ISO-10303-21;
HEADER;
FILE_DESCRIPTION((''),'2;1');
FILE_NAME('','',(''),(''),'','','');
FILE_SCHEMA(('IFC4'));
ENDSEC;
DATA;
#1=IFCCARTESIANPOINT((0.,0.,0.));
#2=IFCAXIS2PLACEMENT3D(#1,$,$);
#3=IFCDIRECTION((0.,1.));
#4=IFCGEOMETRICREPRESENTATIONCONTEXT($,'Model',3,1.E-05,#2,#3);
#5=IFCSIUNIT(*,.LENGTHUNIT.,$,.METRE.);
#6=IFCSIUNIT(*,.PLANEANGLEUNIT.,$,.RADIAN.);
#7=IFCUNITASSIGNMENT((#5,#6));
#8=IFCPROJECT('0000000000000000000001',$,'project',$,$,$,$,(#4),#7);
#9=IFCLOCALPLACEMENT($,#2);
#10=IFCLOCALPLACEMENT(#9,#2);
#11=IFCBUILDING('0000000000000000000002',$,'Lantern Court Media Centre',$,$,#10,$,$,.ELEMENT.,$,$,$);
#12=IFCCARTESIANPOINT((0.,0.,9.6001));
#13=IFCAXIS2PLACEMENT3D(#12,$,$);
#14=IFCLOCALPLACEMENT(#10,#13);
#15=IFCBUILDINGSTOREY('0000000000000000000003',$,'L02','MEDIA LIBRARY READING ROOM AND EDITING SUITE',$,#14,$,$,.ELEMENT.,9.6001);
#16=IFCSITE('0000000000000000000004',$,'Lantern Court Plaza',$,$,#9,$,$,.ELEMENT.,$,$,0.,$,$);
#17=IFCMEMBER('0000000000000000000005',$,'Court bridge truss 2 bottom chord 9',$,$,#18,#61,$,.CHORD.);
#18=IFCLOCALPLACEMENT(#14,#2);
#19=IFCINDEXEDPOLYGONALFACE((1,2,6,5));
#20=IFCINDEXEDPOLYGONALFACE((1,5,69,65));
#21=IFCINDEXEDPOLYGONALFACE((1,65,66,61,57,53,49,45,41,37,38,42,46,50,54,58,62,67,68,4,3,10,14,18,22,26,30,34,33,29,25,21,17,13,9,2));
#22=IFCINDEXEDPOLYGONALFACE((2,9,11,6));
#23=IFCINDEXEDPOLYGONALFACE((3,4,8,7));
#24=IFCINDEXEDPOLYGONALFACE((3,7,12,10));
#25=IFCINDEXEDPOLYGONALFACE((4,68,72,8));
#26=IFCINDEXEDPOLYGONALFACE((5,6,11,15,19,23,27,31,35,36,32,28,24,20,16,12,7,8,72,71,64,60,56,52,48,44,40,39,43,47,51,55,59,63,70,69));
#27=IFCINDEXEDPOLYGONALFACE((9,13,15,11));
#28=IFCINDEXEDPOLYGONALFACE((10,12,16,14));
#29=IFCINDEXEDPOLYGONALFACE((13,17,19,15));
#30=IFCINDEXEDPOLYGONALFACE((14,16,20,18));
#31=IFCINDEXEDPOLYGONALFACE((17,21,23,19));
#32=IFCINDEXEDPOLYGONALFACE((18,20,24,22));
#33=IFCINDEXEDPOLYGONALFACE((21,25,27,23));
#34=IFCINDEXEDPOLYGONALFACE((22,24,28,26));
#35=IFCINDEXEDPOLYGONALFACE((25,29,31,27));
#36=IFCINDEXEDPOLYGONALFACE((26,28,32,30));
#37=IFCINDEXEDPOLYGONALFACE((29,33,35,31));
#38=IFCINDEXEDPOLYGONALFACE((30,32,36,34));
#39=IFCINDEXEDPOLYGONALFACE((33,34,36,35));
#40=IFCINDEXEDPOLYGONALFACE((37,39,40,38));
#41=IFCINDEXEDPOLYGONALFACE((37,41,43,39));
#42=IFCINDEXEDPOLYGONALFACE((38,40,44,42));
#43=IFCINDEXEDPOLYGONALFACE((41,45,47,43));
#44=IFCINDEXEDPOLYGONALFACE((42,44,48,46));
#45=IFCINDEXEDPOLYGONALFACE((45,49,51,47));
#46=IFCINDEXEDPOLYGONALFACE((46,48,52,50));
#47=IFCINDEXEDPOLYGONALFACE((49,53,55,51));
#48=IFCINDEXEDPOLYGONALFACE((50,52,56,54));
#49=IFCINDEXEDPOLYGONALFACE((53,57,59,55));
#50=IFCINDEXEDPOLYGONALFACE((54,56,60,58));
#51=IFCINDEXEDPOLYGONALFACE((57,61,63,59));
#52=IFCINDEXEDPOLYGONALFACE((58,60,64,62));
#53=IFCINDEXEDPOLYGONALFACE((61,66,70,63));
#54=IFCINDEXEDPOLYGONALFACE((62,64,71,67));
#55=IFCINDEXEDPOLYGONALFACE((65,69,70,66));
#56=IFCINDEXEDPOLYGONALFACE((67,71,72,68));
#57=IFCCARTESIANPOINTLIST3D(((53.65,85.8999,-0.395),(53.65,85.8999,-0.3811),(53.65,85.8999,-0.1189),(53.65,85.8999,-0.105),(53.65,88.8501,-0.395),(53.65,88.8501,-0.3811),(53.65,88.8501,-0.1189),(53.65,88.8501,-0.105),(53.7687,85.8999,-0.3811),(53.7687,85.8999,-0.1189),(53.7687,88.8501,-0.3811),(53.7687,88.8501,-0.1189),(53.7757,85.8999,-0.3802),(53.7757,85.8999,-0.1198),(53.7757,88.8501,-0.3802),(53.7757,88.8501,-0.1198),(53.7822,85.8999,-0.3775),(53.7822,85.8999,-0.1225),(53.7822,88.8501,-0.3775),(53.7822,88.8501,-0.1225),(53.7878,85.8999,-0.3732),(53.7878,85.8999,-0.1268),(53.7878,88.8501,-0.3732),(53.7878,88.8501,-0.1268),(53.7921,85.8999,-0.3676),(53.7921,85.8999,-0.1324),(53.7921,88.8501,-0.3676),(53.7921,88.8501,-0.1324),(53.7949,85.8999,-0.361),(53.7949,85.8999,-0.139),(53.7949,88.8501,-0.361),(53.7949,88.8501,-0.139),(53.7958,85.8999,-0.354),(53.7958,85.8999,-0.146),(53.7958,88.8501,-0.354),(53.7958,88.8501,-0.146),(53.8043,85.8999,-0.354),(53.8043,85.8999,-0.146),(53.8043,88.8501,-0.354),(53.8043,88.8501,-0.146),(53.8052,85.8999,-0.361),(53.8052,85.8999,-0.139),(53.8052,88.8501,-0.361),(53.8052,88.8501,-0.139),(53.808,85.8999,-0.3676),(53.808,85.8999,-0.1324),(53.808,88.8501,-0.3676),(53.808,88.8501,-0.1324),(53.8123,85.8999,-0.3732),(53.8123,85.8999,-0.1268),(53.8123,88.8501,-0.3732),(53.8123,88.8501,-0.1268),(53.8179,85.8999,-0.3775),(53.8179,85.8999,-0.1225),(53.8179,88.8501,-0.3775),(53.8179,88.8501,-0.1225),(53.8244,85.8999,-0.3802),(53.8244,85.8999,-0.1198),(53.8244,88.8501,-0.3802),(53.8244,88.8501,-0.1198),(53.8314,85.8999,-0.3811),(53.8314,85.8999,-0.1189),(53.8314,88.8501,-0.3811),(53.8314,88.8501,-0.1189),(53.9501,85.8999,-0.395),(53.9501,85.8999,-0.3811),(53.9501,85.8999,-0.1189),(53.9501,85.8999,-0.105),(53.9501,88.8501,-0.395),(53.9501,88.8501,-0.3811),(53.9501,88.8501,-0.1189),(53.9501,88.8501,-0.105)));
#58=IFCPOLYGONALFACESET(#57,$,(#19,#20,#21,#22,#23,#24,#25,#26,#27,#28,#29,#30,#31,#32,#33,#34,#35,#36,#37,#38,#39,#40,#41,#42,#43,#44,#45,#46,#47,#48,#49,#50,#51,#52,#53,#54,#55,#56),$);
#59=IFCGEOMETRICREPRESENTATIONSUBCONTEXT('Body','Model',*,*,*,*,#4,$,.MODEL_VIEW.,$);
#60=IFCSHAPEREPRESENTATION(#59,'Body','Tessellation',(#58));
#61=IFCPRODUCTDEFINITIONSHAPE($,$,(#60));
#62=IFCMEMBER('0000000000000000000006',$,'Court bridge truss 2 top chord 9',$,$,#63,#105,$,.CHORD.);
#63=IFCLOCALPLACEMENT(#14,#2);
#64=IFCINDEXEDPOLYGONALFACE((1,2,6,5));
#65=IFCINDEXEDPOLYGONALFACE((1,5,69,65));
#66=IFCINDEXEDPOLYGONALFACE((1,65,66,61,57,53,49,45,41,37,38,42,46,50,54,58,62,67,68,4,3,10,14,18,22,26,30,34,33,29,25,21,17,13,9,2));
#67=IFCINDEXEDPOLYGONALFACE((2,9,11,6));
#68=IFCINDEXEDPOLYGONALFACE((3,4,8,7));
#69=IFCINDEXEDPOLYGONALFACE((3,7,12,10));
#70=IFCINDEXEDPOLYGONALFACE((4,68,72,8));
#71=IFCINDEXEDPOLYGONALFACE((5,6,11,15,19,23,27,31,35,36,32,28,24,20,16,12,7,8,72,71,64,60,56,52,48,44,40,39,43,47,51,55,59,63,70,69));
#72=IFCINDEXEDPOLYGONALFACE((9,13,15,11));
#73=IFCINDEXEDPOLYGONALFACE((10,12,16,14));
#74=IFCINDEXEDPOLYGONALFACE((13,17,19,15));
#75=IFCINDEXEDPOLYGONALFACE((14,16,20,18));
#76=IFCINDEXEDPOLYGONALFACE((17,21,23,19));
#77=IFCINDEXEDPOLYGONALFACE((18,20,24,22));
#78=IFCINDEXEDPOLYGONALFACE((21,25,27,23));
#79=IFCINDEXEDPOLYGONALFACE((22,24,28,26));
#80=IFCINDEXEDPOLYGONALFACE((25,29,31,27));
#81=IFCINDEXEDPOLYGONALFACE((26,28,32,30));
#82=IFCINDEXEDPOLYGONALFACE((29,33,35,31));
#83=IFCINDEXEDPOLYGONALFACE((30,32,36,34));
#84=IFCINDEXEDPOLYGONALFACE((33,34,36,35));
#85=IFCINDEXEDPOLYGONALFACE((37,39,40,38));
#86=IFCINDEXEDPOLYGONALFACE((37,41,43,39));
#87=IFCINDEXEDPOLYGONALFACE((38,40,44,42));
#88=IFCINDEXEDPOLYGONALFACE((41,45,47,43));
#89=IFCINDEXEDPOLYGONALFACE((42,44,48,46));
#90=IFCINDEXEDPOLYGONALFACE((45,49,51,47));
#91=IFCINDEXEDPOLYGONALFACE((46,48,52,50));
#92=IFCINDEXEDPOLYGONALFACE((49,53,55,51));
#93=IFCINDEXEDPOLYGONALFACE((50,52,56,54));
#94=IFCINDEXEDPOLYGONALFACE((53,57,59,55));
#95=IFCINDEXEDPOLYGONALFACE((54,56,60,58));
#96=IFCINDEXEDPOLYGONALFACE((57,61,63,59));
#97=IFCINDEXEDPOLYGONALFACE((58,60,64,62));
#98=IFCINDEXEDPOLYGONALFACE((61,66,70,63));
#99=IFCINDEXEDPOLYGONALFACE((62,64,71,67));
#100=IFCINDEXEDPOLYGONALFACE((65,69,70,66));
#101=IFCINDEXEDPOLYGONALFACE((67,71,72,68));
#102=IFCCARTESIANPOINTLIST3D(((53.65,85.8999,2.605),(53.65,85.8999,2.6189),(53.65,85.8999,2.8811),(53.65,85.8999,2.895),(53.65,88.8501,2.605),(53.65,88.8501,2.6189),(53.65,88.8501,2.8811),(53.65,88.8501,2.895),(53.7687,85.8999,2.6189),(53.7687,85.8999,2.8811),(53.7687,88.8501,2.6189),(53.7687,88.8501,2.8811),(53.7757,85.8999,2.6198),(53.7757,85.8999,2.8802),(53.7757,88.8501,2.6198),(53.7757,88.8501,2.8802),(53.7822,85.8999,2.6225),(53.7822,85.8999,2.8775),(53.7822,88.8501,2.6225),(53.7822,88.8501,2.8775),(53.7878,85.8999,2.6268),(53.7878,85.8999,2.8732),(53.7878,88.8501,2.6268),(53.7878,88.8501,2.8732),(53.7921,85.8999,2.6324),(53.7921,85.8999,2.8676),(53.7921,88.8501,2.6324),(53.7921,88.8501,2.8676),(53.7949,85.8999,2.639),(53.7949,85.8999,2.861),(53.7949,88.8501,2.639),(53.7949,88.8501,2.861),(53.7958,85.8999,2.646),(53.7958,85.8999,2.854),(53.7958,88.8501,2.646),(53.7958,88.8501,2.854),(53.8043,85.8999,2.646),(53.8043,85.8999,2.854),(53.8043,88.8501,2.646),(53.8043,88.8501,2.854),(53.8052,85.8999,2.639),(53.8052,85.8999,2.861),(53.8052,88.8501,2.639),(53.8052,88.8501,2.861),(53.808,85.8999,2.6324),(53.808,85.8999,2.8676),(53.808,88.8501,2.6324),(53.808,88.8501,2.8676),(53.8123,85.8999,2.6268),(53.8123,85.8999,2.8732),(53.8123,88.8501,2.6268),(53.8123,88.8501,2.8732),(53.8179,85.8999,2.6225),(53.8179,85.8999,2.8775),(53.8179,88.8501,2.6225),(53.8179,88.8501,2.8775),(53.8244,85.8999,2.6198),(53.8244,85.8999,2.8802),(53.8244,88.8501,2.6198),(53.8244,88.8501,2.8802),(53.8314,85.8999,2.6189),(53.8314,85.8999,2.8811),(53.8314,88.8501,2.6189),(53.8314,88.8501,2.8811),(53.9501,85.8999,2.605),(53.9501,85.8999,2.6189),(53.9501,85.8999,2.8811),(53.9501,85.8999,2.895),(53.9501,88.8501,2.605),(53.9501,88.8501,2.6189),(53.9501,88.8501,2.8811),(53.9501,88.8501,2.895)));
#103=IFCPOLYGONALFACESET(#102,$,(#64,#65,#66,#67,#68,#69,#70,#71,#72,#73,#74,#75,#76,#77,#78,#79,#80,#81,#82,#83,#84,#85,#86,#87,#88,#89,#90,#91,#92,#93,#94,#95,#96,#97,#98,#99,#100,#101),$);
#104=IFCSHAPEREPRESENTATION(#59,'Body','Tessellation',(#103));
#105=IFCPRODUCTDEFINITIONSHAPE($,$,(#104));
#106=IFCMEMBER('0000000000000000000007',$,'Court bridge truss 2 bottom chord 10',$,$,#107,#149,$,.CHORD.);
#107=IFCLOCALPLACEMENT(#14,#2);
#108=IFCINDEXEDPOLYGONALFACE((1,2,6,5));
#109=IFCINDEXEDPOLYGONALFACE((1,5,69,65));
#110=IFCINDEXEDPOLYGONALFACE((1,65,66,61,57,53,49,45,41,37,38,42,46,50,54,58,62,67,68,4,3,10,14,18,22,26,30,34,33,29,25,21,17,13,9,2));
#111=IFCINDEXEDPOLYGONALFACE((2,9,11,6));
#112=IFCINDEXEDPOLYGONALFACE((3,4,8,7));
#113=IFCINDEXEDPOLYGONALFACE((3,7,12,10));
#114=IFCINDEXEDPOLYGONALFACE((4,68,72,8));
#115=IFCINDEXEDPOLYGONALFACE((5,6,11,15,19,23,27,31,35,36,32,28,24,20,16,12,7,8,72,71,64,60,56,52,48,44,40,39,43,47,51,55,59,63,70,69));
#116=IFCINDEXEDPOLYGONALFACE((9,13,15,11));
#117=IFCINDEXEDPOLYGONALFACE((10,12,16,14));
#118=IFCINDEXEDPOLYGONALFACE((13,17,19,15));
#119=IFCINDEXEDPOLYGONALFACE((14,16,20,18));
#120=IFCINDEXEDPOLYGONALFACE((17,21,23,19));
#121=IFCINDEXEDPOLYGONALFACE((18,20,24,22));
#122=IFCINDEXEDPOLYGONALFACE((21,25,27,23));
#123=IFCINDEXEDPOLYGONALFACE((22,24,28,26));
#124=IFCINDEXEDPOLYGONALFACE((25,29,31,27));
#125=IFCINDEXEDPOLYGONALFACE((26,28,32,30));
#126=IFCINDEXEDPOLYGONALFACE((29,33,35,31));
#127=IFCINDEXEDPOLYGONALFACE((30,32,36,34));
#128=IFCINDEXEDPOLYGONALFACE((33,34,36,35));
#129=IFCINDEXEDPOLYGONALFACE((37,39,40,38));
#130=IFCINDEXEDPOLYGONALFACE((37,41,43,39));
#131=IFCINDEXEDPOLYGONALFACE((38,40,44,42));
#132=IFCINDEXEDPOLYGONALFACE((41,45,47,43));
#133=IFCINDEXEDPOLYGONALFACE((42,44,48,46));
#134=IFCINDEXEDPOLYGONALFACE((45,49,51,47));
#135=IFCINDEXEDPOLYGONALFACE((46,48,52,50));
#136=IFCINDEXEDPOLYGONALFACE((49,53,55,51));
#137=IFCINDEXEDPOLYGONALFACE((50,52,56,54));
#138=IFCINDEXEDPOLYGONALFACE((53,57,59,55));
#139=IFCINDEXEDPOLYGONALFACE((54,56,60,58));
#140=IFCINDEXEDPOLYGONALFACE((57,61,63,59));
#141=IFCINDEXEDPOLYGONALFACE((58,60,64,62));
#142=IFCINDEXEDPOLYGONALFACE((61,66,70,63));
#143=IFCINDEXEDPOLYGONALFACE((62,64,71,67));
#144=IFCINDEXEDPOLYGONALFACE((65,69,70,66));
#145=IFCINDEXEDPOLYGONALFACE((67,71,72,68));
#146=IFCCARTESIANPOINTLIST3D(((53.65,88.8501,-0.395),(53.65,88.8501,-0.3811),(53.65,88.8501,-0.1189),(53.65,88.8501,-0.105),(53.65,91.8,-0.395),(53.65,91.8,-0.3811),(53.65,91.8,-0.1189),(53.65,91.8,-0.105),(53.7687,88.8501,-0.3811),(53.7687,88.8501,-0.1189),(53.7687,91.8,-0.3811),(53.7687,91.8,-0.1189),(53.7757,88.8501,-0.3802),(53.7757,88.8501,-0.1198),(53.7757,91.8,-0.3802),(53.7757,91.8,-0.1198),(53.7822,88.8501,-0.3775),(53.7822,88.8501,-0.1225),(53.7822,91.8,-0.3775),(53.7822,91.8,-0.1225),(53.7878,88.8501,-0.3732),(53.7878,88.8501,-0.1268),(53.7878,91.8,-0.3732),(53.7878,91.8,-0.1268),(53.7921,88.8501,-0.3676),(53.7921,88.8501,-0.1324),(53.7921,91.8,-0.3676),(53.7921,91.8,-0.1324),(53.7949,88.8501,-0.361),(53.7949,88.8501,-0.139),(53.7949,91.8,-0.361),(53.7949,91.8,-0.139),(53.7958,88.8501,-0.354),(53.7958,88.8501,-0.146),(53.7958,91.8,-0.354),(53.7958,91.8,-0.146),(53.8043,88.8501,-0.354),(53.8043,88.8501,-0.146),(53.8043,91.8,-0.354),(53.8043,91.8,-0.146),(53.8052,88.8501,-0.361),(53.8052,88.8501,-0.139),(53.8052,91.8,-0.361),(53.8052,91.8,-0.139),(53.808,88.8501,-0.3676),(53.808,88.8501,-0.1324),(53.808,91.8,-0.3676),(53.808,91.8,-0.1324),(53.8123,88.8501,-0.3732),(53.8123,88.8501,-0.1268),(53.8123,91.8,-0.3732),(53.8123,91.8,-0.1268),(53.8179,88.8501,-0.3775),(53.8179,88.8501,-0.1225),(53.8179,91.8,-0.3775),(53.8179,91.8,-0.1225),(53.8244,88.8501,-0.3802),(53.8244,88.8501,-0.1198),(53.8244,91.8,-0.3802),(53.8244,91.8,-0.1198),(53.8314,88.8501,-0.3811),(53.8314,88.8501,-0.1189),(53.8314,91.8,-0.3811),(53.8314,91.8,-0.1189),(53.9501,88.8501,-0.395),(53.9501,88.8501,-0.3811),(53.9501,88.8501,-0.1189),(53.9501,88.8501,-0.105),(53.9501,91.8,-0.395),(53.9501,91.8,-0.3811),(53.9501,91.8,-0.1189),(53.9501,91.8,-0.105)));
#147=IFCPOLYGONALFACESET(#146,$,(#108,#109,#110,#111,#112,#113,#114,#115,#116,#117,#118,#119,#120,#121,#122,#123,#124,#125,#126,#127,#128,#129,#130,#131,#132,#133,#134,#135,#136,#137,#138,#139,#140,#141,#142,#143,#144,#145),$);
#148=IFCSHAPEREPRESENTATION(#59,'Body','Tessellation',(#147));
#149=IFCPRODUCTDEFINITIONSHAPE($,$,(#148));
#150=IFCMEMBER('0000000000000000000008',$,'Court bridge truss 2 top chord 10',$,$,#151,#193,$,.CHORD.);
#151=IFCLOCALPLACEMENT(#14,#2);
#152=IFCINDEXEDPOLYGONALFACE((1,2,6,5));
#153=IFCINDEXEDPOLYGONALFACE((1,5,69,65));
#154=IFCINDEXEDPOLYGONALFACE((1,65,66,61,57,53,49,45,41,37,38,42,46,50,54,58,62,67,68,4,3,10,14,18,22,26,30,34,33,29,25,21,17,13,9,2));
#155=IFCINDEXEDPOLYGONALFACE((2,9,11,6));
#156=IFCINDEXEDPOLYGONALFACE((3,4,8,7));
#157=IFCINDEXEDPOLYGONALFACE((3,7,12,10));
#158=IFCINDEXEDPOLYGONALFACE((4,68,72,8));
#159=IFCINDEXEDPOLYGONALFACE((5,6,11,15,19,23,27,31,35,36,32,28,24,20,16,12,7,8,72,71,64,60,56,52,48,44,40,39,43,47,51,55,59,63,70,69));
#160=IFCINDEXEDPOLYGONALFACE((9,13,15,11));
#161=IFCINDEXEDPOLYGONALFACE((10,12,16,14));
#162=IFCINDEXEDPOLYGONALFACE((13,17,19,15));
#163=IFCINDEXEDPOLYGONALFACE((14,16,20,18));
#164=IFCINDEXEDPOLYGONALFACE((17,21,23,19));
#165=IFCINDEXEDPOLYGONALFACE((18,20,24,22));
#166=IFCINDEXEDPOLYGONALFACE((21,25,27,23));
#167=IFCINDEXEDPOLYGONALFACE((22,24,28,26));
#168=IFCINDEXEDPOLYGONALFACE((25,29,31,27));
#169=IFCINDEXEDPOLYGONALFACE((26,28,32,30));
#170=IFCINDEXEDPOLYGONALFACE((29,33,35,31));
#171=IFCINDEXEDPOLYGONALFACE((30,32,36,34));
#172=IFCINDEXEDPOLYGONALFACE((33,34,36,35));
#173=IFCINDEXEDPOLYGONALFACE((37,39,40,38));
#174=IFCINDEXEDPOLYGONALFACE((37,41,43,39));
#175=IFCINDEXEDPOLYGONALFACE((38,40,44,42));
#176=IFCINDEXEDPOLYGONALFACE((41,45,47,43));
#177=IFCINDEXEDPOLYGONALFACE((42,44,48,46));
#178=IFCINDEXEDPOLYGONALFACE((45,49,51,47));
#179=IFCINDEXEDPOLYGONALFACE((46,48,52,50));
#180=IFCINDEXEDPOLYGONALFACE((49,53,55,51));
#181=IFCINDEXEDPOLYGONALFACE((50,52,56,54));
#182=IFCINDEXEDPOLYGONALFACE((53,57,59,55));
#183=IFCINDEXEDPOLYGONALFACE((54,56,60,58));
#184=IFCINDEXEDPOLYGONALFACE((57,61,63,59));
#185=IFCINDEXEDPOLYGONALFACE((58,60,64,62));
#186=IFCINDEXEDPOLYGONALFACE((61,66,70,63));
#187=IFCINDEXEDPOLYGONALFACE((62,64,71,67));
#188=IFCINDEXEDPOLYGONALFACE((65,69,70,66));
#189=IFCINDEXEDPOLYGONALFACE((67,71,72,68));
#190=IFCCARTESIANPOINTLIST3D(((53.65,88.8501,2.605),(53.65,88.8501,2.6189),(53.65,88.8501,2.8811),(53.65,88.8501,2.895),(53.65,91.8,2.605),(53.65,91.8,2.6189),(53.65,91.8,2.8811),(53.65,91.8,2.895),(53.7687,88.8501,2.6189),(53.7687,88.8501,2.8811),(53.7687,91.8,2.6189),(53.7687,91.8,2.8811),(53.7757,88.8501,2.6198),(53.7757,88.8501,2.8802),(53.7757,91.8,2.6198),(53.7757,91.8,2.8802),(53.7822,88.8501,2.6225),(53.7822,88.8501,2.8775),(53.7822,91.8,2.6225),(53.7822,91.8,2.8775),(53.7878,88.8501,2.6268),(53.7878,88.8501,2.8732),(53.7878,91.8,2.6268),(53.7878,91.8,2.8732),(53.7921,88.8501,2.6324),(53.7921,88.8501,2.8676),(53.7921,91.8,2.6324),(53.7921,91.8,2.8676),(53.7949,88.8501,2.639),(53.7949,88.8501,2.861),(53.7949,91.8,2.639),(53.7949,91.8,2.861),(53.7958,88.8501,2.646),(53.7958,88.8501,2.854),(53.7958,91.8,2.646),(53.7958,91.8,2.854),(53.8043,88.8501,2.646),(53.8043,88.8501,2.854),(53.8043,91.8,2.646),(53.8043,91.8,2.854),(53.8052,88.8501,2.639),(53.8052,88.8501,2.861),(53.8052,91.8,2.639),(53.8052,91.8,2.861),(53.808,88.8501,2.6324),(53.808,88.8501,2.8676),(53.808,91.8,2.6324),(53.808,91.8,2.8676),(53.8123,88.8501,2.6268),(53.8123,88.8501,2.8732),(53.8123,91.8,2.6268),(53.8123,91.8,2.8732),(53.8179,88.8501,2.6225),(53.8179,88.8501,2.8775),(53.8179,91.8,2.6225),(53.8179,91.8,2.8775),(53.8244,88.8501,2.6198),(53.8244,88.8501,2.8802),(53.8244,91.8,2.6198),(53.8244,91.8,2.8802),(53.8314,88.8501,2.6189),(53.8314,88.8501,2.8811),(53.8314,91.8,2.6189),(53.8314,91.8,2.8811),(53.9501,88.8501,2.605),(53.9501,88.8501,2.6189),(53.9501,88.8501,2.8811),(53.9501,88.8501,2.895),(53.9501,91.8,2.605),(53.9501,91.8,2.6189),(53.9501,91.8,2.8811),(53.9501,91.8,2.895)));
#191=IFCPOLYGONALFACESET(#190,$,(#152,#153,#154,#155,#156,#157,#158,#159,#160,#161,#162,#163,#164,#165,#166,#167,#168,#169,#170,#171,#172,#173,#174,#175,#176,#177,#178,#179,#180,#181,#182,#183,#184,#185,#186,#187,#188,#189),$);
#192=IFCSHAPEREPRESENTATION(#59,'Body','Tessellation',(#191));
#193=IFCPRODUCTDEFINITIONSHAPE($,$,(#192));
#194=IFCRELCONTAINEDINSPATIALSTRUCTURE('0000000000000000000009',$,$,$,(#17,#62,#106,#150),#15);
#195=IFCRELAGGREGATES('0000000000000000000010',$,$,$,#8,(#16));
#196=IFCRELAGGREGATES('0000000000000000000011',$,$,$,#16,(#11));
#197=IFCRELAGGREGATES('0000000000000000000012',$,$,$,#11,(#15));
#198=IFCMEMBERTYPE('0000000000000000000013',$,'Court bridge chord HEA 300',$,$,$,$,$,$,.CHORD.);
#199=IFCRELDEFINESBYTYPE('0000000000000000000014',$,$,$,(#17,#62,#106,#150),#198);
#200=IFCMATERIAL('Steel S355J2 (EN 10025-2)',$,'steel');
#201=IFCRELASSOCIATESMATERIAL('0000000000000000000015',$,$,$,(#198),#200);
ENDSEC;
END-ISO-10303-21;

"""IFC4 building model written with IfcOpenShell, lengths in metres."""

from ifc_helpers import new_model, si_unit, direction, frame, origin, origin_2d, place, context, subcontext, project, spatial, i_section, extrude, material, material_profile, profile_set, type_object, element, save


model = new_model("IFC4")

# Units and contexts
model_context = context("Model", 3, precision=1e-05, world=origin(), true_north=direction((0.0, 1.0)))
body_context = subcontext(model_context, "Body", "Model", "MODEL_VIEW")
ifc_project = project(units=[si_unit("LENGTHUNIT", "METRE"), si_unit("PLANEANGLEUNIT", "RADIAN")], contexts=[model_context])

# Site, building, storey
site_placement = place(None, origin())
site = spatial("IfcSite", under=ifc_project, at=site_placement, Name="Lantern Court Plaza", CompositionType="ELEMENT", RefElevation=0.0)
building_placement = place(site_placement, origin())
building = spatial("IfcBuilding", under=site, at=building_placement, Name="Lantern Court Media Centre", CompositionType="ELEMENT")
storey_placement = place(building_placement, frame((0.0, 0.0, 9.6001)))
storey = spatial("IfcBuildingStorey", under=building, at=storey_placement, Name="L02", Description="MEDIA LIBRARY READING ROOM AND EDITING SUITE", CompositionType="ELEMENT", Elevation=9.6001)

# Members
ifc_material_1 = material(Name="Steel S355J2 (EN 10025-2)", Category="steel")
ifc_material_profile_1 = material_profile(ifc_material_1, i_section(OverallWidth=0.3, OverallDepth=0.29, WebThickness=0.0085, FlangeThickness=0.0139, FilletRadius=0.0271, at=origin_2d()), Name="HEA 300")
ifc_profile_set_1 = profile_set([ifc_material_profile_1], Name="Steel S355J2 (EN 10025-2)")
member_type_1 = type_object("IfcMemberType", Name="Court bridge chord HEA 300", PredefinedType="CHORD", material=ifc_profile_set_1)
for number, where, z_axis, x_axis, name in (
    (1, (53.8, 85.8999, -0.25), (0.0, 1.0, 0.0), (-1.0, 0.0, 0.0), "Court bridge truss 2 bottom chord 9"),
    (2, (53.8, 85.8999, 2.75), (0.0, 1.0, 0.0), (-1.0, 0.0, 0.0), "Court bridge truss 2 top chord 9"),
):
    element("IfcMember", number, at=place(storey_placement, frame(where, z_axis=z_axis, x_axis=x_axis)), inside=storey, type_object=member_type_1, Name=name, PredefinedType="CHORD", context=body_context, shape_type="SweptSolid", body=[
        extrude(i_section(OverallWidth=0.3, OverallDepth=0.29, WebThickness=0.0085, FlangeThickness=0.0139, FilletRadius=0.0271, at=origin_2d()), origin(), (0.0, 0.0, 1.0), 2.9502),
    ])
for number, where, z_axis, x_axis, name in (
    (3, (53.8, 88.8501, -0.25), (0.0, 1.0, 0.0), (-1.0, 0.0, 0.0), "Court bridge truss 2 bottom chord 10"),
    (4, (53.8, 88.8501, 2.75), (0.0, 1.0, 0.0), (-1.0, 0.0, 0.0), "Court bridge truss 2 top chord 10"),
):
    element("IfcMember", number, at=place(storey_placement, frame(where, z_axis=z_axis, x_axis=x_axis)), inside=storey, type_object=member_type_1, Name=name, PredefinedType="CHORD", context=body_context, shape_type="SweptSolid", body=[
        extrude(i_section(OverallWidth=0.3, OverallDepth=0.29, WebThickness=0.0085, FlangeThickness=0.0139, FilletRadius=0.0271, at=origin_2d()), origin(), (0.0, 0.0, 1.0), 2.95),
    ])

save(model, "model.ifc")
